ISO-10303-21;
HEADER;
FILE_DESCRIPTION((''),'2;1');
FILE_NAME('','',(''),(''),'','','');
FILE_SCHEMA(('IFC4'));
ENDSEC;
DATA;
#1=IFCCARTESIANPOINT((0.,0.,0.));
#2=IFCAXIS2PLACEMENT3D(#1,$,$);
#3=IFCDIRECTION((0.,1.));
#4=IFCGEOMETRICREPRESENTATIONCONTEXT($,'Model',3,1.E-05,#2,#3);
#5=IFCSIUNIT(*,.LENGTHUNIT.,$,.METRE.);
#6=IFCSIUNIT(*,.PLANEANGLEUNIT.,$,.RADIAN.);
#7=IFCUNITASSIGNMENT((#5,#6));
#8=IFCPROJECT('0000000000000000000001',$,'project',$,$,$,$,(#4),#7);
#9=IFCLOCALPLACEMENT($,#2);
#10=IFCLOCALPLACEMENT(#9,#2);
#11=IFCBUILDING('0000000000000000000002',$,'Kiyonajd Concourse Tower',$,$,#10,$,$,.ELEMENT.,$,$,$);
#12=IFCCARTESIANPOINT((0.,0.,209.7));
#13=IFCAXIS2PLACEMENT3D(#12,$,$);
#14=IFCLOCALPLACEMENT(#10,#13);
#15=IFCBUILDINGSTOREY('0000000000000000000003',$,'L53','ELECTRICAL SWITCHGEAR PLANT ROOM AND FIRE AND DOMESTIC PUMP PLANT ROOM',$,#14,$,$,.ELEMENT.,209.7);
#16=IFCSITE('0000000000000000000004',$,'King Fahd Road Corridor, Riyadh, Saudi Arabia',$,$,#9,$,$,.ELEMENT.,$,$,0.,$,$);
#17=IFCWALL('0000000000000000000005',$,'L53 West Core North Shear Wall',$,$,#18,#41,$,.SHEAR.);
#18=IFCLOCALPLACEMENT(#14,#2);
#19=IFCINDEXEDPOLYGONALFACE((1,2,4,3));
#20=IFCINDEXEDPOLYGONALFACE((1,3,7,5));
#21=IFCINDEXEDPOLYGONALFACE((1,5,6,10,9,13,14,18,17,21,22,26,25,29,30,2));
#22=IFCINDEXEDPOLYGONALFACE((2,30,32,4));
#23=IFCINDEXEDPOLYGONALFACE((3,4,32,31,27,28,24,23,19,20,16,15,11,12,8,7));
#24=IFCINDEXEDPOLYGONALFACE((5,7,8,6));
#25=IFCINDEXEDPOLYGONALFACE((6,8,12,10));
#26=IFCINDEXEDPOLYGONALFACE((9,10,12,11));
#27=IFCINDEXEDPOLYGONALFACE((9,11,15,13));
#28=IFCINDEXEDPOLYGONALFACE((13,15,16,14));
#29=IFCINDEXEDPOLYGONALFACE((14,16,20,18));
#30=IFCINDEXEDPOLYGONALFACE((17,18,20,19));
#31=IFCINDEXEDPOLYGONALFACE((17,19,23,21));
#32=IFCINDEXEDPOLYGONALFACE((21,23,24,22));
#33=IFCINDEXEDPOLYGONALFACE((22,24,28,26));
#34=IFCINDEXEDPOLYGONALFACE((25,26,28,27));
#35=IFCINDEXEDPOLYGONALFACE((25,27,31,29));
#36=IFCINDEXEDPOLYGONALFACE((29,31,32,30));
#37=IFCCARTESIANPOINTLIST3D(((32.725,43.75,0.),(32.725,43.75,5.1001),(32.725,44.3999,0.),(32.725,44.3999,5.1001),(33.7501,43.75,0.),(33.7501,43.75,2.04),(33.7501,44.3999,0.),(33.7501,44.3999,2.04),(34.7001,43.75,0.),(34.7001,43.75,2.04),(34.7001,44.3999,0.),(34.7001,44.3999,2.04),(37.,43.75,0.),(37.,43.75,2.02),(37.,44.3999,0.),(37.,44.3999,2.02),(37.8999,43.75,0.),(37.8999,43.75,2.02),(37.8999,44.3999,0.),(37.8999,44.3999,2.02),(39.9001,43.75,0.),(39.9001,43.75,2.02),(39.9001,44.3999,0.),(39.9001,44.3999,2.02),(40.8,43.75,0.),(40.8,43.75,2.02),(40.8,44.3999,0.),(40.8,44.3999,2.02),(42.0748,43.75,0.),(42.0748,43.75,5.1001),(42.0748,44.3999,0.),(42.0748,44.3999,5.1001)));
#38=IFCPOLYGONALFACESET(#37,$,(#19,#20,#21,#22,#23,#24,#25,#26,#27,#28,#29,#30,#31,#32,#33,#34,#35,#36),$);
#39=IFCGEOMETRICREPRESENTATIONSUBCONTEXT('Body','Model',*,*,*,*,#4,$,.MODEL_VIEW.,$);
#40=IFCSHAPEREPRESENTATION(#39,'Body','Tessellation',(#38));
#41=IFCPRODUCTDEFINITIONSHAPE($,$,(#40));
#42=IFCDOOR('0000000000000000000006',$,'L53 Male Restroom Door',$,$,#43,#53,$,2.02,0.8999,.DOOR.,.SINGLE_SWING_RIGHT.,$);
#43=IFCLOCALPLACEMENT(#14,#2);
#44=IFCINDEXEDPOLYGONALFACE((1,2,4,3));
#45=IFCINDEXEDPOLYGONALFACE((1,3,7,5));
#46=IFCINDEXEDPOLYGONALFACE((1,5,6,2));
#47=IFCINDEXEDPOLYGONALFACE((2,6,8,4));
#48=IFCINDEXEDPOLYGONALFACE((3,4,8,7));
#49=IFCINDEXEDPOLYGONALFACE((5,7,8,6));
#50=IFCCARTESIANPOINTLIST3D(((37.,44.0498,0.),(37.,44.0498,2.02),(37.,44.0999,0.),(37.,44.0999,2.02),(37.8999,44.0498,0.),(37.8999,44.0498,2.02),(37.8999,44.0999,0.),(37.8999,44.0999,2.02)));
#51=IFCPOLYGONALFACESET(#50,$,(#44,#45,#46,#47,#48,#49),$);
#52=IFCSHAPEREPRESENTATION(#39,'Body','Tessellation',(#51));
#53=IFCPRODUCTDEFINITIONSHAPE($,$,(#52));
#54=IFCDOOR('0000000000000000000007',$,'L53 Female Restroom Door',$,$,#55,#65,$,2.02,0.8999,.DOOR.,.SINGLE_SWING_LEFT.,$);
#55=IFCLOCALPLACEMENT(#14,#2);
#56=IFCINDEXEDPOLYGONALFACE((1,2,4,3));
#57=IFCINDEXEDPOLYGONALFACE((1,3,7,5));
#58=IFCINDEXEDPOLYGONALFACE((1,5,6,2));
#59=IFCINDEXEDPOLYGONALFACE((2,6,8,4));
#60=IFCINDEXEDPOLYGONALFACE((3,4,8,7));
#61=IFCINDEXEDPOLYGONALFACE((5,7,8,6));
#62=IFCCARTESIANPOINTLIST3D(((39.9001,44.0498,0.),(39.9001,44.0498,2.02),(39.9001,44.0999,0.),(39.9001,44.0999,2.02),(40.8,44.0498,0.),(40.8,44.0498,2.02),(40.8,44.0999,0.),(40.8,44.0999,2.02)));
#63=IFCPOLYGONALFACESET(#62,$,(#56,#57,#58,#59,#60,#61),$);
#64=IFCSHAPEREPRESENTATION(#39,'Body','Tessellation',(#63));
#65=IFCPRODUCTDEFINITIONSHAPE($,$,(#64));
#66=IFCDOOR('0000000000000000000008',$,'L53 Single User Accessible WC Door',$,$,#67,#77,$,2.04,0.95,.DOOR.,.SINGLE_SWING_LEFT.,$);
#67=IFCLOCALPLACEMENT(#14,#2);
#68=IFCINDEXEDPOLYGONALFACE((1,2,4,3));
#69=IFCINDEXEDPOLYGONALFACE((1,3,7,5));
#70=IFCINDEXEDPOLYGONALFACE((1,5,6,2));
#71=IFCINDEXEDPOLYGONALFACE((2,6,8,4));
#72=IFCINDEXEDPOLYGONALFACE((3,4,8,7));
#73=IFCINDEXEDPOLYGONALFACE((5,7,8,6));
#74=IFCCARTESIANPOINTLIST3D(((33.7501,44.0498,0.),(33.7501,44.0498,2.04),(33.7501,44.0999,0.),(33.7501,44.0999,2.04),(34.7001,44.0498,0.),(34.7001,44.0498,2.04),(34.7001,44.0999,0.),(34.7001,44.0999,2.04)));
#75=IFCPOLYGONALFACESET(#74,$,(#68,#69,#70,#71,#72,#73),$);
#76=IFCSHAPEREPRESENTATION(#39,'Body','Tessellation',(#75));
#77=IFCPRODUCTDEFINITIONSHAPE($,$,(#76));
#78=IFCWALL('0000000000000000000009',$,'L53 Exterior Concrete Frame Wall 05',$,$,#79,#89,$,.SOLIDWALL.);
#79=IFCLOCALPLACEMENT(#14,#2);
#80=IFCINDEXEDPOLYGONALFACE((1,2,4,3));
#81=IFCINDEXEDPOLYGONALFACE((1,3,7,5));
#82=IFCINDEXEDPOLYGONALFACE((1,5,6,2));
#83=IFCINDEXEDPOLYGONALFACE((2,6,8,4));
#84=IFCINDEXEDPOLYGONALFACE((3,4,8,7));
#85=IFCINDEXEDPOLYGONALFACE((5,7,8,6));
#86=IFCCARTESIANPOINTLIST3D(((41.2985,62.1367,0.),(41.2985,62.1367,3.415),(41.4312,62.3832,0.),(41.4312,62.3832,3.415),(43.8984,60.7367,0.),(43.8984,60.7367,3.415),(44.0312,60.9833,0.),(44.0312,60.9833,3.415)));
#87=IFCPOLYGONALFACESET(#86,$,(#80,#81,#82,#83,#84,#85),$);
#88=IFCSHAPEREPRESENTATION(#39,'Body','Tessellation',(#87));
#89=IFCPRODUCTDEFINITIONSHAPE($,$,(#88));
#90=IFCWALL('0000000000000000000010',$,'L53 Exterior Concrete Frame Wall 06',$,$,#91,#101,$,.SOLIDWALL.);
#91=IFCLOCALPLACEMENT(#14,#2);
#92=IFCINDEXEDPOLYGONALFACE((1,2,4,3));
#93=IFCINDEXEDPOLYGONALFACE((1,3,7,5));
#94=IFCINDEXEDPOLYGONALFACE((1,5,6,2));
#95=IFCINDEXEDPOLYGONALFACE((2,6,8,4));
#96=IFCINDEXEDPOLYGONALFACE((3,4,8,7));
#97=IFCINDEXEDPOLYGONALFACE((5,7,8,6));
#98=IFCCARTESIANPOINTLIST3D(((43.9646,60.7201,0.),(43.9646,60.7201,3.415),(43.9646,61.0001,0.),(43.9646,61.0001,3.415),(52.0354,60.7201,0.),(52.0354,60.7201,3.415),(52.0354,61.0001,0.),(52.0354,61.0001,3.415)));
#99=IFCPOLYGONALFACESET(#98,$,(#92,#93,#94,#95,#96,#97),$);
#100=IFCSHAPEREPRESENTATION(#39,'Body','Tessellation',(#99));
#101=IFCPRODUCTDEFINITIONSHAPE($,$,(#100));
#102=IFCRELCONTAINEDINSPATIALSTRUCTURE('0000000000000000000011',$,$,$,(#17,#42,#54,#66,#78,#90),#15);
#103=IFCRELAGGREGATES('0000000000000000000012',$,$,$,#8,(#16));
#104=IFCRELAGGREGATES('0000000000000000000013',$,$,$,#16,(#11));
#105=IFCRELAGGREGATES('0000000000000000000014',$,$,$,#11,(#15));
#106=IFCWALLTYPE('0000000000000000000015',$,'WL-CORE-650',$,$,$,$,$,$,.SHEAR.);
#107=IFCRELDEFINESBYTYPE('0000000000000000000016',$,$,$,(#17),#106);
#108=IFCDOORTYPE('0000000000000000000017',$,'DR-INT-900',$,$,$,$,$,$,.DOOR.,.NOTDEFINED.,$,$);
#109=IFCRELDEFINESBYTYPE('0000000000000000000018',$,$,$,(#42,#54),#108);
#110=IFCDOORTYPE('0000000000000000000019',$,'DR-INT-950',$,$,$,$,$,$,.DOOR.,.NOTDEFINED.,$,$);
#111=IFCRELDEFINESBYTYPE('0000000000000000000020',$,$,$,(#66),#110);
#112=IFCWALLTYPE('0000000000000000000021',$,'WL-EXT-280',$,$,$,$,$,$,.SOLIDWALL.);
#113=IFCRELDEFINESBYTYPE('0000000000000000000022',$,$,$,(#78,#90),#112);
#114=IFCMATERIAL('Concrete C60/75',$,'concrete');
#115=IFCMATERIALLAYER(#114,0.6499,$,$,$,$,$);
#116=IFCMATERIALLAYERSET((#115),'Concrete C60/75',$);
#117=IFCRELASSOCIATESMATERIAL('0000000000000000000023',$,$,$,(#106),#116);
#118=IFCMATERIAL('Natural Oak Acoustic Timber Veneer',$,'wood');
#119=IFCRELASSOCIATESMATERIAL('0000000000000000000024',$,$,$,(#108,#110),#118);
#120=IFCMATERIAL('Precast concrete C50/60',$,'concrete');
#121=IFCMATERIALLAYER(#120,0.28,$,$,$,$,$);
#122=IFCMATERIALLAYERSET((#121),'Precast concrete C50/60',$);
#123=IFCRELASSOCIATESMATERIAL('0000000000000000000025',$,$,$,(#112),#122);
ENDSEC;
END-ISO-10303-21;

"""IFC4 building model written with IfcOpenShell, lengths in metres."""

from ifc_helpers import new_model, si_unit, direction, frame, frame_2d, origin, place, context, subcontext, project, spatial, rectangle, extrude, material, layer, layer_set, type_object, element, fill, save


model = new_model("IFC4")

# Units and contexts
model_context = context("Model", 3, precision=1e-05, world=origin(), true_north=direction((0.0, 1.0)))
body_context = subcontext(model_context, "Body", "Model", "MODEL_VIEW")
ifc_project = project(units=[si_unit("LENGTHUNIT", "METRE"), si_unit("PLANEANGLEUNIT", "RADIAN")], contexts=[model_context])

# Site, building, storey
site_placement = place(None, origin())
site = spatial("IfcSite", under=ifc_project, at=site_placement, Name="King Fahd Road Corridor, Riyadh, Saudi Arabia", CompositionType="ELEMENT", RefElevation=0.0)
building_placement = place(site_placement, origin())
building = spatial("IfcBuilding", under=site, at=building_placement, Name="Kiyonajd Concourse Tower", CompositionType="ELEMENT")
storey_placement = place(building_placement, frame((0.0, 0.0, 209.7)))
storey = spatial("IfcBuildingStorey", under=building, at=storey_placement, Name="L53", Description="ELECTRICAL SWITCHGEAR PLANT ROOM AND FIRE AND DOMESTIC PUMP PLANT ROOM", CompositionType="ELEMENT", Elevation=209.7)

# Shared definitions
ifc_material_1 = material(Name="Concrete C60/75", Category="concrete")

# Wall, openings, doors
ifc_layer_1 = layer(ifc_material_1, 0.6499)
ifc_layer_set_1 = layer_set([ifc_layer_1], Name="Concrete C60/75")
wall_type_1 = type_object("IfcWallType", Name="WL-CORE-650", PredefinedType="SHEAR", material=ifc_layer_set_1)
wall_1_placement = place(storey_placement, frame((32.7251, 44.075, 0.0), z_axis=(0.0, 0.0, 1.0), x_axis=(1.0, 0.0, 0.0)))
wall_1 = element("IfcWall", 1, at=wall_1_placement, inside=storey, type_object=wall_type_1, Name="L53 West Core North Shear Wall", PredefinedType="SHEAR", context=body_context, shape_type="SweptSolid", body=[
    extrude(rectangle(XDim=9.3499, YDim=0.6499, at=frame_2d((4.6748, 0.0))), origin(), (0.0, 0.0, 1.0), 5.1001),
])
opening_1_placement = place(wall_1_placement, frame((1.0249, 0.0, 0.0)))
opening_1 = element("IfcOpeningElement", 2, at=opening_1_placement, cuts=wall_1, PredefinedType="OPENING", context=body_context, shape_type="SweptSolid", body=[
    extrude(rectangle(XDim=0.95, YDim=2.04, at=frame_2d((0.4751, 1.02))), frame((0.0, 0.335, 0.0), z_axis=(0.0, -1.0, 0.0), x_axis=(1.0, 0.0, 0.0)), (0.0, 0.0, 1.0), 0.6699),
])
opening_2_placement = place(wall_1_placement, frame((4.2749, 0.0, 0.0)))
opening_2 = element("IfcOpeningElement", 3, at=opening_2_placement, cuts=wall_1, PredefinedType="OPENING", context=body_context, shape_type="SweptSolid", body=[
    extrude(rectangle(XDim=0.8999, YDim=2.02, at=frame_2d((0.45, 1.01))), frame((0.0, 0.335, 0.0), z_axis=(0.0, -1.0, 0.0), x_axis=(1.0, 0.0, 0.0)), (0.0, 0.0, 1.0), 0.6699),
])
opening_3_placement = place(wall_1_placement, frame((7.175, 0.0, 0.0)))
opening_3 = element("IfcOpeningElement", 4, at=opening_3_placement, cuts=wall_1, PredefinedType="OPENING", context=body_context, shape_type="SweptSolid", body=[
    extrude(rectangle(XDim=0.8999, YDim=2.02, at=frame_2d((0.45, 1.01))), frame((0.0, 0.335, 0.0), z_axis=(0.0, -1.0, 0.0), x_axis=(1.0, 0.0, 0.0)), (0.0, 0.0, 1.0), 0.6699),
])
ifc_material_2 = material(Name="Natural Oak Acoustic Timber Veneer", Category="wood")
door_type_1 = type_object("IfcDoorType", Name="DR-INT-900", OperationType="NOTDEFINED", PredefinedType="DOOR", material=ifc_material_2)
door_1_placement = place(opening_2_placement, origin())
door_1 = element("IfcDoor", 5, at=door_1_placement, inside=storey, type_object=door_type_1, Name="L53 Male Restroom Door", OperationType="SINGLE_SWING_RIGHT", OverallHeight=2.02, OverallWidth=0.8999, PredefinedType="DOOR", context=body_context, shape_type="SweptSolid", body=[
    extrude(rectangle(XDim=0.8999, YDim=2.02, at=frame_2d((0.45, 1.01))), frame((0.0, 0.0249, 0.0), z_axis=(0.0, -1.0, 0.0), x_axis=(1.0, 0.0, 0.0)), (0.0, 0.0, 1.0), 0.05),
])
fill(opening_2, door_1)
door_2_placement = place(opening_3_placement, origin())
door_2 = element("IfcDoor", 6, at=door_2_placement, inside=storey, type_object=door_type_1, Name="L53 Female Restroom Door", OperationType="SINGLE_SWING_LEFT", OverallHeight=2.02, OverallWidth=0.8999, PredefinedType="DOOR", context=body_context, shape_type="SweptSolid", body=[
    extrude(rectangle(XDim=0.8999, YDim=2.02, at=frame_2d((0.45, 1.01))), frame((0.0, 0.0249, 0.0), z_axis=(0.0, -1.0, 0.0), x_axis=(1.0, 0.0, 0.0)), (0.0, 0.0, 1.0), 0.05),
])
fill(opening_3, door_2)
door_type_2 = type_object("IfcDoorType", Name="DR-INT-950", OperationType="NOTDEFINED", PredefinedType="DOOR", material=ifc_material_2)
door_3_placement = place(opening_1_placement, origin())
door_3 = element("IfcDoor", 7, at=door_3_placement, inside=storey, type_object=door_type_2, Name="L53 Single User Accessible WC Door", OperationType="SINGLE_SWING_LEFT", OverallHeight=2.04, OverallWidth=0.95, PredefinedType="DOOR", context=body_context, shape_type="SweptSolid", body=[
    extrude(rectangle(XDim=0.95, YDim=2.04, at=frame_2d((0.4751, 1.02))), frame((0.0, 0.0249, 0.0), z_axis=(0.0, -1.0, 0.0), x_axis=(1.0, 0.0, 0.0)), (0.0, 0.0, 1.0), 0.05),
])
fill(opening_1, door_3)

# Walls
ifc_material_3 = material(Name="Precast concrete C50/60", Category="concrete")
ifc_layer_2 = layer(ifc_material_3, 0.28)
ifc_layer_set_2 = layer_set([ifc_layer_2], Name="Precast concrete C50/60")
wall_type_2 = type_object("IfcWallType", Name="WL-EXT-280", PredefinedType="SOLIDWALL", material=ifc_layer_set_2)
wall_2_placement = place(storey_placement, frame((41.3647, 62.26, 0.0), z_axis=(0.0, 0.0, 1.0), x_axis=(0.880474, -0.474095, 0.0)))
element("IfcWall", 8, at=wall_2_placement, inside=storey, type_object=wall_type_2, Name="L53 Exterior Concrete Frame Wall 05", PredefinedType="SOLIDWALL", context=body_context, shape_type="SweptSolid", body=[
    extrude(rectangle(XDim=2.9529, YDim=0.28, at=frame_2d((1.4766, 0.0))), origin(), (0.0, 0.0, 1.0), 3.415),
])
wall_3_placement = place(storey_placement, frame((43.9646, 60.8601, 0.0), z_axis=(0.0, 0.0, 1.0), x_axis=(1.0, 0.0, 0.0)))
element("IfcWall", 9, at=wall_3_placement, inside=storey, type_object=wall_type_2, Name="L53 Exterior Concrete Frame Wall 06", PredefinedType="SOLIDWALL", context=body_context, shape_type="SweptSolid", body=[
    extrude(rectangle(XDim=8.0708, YDim=0.28, at=frame_2d((4.0354, 0.0))), origin(), (0.0, 0.0, 1.0), 3.415),
])

save(model, "model.ifc")
